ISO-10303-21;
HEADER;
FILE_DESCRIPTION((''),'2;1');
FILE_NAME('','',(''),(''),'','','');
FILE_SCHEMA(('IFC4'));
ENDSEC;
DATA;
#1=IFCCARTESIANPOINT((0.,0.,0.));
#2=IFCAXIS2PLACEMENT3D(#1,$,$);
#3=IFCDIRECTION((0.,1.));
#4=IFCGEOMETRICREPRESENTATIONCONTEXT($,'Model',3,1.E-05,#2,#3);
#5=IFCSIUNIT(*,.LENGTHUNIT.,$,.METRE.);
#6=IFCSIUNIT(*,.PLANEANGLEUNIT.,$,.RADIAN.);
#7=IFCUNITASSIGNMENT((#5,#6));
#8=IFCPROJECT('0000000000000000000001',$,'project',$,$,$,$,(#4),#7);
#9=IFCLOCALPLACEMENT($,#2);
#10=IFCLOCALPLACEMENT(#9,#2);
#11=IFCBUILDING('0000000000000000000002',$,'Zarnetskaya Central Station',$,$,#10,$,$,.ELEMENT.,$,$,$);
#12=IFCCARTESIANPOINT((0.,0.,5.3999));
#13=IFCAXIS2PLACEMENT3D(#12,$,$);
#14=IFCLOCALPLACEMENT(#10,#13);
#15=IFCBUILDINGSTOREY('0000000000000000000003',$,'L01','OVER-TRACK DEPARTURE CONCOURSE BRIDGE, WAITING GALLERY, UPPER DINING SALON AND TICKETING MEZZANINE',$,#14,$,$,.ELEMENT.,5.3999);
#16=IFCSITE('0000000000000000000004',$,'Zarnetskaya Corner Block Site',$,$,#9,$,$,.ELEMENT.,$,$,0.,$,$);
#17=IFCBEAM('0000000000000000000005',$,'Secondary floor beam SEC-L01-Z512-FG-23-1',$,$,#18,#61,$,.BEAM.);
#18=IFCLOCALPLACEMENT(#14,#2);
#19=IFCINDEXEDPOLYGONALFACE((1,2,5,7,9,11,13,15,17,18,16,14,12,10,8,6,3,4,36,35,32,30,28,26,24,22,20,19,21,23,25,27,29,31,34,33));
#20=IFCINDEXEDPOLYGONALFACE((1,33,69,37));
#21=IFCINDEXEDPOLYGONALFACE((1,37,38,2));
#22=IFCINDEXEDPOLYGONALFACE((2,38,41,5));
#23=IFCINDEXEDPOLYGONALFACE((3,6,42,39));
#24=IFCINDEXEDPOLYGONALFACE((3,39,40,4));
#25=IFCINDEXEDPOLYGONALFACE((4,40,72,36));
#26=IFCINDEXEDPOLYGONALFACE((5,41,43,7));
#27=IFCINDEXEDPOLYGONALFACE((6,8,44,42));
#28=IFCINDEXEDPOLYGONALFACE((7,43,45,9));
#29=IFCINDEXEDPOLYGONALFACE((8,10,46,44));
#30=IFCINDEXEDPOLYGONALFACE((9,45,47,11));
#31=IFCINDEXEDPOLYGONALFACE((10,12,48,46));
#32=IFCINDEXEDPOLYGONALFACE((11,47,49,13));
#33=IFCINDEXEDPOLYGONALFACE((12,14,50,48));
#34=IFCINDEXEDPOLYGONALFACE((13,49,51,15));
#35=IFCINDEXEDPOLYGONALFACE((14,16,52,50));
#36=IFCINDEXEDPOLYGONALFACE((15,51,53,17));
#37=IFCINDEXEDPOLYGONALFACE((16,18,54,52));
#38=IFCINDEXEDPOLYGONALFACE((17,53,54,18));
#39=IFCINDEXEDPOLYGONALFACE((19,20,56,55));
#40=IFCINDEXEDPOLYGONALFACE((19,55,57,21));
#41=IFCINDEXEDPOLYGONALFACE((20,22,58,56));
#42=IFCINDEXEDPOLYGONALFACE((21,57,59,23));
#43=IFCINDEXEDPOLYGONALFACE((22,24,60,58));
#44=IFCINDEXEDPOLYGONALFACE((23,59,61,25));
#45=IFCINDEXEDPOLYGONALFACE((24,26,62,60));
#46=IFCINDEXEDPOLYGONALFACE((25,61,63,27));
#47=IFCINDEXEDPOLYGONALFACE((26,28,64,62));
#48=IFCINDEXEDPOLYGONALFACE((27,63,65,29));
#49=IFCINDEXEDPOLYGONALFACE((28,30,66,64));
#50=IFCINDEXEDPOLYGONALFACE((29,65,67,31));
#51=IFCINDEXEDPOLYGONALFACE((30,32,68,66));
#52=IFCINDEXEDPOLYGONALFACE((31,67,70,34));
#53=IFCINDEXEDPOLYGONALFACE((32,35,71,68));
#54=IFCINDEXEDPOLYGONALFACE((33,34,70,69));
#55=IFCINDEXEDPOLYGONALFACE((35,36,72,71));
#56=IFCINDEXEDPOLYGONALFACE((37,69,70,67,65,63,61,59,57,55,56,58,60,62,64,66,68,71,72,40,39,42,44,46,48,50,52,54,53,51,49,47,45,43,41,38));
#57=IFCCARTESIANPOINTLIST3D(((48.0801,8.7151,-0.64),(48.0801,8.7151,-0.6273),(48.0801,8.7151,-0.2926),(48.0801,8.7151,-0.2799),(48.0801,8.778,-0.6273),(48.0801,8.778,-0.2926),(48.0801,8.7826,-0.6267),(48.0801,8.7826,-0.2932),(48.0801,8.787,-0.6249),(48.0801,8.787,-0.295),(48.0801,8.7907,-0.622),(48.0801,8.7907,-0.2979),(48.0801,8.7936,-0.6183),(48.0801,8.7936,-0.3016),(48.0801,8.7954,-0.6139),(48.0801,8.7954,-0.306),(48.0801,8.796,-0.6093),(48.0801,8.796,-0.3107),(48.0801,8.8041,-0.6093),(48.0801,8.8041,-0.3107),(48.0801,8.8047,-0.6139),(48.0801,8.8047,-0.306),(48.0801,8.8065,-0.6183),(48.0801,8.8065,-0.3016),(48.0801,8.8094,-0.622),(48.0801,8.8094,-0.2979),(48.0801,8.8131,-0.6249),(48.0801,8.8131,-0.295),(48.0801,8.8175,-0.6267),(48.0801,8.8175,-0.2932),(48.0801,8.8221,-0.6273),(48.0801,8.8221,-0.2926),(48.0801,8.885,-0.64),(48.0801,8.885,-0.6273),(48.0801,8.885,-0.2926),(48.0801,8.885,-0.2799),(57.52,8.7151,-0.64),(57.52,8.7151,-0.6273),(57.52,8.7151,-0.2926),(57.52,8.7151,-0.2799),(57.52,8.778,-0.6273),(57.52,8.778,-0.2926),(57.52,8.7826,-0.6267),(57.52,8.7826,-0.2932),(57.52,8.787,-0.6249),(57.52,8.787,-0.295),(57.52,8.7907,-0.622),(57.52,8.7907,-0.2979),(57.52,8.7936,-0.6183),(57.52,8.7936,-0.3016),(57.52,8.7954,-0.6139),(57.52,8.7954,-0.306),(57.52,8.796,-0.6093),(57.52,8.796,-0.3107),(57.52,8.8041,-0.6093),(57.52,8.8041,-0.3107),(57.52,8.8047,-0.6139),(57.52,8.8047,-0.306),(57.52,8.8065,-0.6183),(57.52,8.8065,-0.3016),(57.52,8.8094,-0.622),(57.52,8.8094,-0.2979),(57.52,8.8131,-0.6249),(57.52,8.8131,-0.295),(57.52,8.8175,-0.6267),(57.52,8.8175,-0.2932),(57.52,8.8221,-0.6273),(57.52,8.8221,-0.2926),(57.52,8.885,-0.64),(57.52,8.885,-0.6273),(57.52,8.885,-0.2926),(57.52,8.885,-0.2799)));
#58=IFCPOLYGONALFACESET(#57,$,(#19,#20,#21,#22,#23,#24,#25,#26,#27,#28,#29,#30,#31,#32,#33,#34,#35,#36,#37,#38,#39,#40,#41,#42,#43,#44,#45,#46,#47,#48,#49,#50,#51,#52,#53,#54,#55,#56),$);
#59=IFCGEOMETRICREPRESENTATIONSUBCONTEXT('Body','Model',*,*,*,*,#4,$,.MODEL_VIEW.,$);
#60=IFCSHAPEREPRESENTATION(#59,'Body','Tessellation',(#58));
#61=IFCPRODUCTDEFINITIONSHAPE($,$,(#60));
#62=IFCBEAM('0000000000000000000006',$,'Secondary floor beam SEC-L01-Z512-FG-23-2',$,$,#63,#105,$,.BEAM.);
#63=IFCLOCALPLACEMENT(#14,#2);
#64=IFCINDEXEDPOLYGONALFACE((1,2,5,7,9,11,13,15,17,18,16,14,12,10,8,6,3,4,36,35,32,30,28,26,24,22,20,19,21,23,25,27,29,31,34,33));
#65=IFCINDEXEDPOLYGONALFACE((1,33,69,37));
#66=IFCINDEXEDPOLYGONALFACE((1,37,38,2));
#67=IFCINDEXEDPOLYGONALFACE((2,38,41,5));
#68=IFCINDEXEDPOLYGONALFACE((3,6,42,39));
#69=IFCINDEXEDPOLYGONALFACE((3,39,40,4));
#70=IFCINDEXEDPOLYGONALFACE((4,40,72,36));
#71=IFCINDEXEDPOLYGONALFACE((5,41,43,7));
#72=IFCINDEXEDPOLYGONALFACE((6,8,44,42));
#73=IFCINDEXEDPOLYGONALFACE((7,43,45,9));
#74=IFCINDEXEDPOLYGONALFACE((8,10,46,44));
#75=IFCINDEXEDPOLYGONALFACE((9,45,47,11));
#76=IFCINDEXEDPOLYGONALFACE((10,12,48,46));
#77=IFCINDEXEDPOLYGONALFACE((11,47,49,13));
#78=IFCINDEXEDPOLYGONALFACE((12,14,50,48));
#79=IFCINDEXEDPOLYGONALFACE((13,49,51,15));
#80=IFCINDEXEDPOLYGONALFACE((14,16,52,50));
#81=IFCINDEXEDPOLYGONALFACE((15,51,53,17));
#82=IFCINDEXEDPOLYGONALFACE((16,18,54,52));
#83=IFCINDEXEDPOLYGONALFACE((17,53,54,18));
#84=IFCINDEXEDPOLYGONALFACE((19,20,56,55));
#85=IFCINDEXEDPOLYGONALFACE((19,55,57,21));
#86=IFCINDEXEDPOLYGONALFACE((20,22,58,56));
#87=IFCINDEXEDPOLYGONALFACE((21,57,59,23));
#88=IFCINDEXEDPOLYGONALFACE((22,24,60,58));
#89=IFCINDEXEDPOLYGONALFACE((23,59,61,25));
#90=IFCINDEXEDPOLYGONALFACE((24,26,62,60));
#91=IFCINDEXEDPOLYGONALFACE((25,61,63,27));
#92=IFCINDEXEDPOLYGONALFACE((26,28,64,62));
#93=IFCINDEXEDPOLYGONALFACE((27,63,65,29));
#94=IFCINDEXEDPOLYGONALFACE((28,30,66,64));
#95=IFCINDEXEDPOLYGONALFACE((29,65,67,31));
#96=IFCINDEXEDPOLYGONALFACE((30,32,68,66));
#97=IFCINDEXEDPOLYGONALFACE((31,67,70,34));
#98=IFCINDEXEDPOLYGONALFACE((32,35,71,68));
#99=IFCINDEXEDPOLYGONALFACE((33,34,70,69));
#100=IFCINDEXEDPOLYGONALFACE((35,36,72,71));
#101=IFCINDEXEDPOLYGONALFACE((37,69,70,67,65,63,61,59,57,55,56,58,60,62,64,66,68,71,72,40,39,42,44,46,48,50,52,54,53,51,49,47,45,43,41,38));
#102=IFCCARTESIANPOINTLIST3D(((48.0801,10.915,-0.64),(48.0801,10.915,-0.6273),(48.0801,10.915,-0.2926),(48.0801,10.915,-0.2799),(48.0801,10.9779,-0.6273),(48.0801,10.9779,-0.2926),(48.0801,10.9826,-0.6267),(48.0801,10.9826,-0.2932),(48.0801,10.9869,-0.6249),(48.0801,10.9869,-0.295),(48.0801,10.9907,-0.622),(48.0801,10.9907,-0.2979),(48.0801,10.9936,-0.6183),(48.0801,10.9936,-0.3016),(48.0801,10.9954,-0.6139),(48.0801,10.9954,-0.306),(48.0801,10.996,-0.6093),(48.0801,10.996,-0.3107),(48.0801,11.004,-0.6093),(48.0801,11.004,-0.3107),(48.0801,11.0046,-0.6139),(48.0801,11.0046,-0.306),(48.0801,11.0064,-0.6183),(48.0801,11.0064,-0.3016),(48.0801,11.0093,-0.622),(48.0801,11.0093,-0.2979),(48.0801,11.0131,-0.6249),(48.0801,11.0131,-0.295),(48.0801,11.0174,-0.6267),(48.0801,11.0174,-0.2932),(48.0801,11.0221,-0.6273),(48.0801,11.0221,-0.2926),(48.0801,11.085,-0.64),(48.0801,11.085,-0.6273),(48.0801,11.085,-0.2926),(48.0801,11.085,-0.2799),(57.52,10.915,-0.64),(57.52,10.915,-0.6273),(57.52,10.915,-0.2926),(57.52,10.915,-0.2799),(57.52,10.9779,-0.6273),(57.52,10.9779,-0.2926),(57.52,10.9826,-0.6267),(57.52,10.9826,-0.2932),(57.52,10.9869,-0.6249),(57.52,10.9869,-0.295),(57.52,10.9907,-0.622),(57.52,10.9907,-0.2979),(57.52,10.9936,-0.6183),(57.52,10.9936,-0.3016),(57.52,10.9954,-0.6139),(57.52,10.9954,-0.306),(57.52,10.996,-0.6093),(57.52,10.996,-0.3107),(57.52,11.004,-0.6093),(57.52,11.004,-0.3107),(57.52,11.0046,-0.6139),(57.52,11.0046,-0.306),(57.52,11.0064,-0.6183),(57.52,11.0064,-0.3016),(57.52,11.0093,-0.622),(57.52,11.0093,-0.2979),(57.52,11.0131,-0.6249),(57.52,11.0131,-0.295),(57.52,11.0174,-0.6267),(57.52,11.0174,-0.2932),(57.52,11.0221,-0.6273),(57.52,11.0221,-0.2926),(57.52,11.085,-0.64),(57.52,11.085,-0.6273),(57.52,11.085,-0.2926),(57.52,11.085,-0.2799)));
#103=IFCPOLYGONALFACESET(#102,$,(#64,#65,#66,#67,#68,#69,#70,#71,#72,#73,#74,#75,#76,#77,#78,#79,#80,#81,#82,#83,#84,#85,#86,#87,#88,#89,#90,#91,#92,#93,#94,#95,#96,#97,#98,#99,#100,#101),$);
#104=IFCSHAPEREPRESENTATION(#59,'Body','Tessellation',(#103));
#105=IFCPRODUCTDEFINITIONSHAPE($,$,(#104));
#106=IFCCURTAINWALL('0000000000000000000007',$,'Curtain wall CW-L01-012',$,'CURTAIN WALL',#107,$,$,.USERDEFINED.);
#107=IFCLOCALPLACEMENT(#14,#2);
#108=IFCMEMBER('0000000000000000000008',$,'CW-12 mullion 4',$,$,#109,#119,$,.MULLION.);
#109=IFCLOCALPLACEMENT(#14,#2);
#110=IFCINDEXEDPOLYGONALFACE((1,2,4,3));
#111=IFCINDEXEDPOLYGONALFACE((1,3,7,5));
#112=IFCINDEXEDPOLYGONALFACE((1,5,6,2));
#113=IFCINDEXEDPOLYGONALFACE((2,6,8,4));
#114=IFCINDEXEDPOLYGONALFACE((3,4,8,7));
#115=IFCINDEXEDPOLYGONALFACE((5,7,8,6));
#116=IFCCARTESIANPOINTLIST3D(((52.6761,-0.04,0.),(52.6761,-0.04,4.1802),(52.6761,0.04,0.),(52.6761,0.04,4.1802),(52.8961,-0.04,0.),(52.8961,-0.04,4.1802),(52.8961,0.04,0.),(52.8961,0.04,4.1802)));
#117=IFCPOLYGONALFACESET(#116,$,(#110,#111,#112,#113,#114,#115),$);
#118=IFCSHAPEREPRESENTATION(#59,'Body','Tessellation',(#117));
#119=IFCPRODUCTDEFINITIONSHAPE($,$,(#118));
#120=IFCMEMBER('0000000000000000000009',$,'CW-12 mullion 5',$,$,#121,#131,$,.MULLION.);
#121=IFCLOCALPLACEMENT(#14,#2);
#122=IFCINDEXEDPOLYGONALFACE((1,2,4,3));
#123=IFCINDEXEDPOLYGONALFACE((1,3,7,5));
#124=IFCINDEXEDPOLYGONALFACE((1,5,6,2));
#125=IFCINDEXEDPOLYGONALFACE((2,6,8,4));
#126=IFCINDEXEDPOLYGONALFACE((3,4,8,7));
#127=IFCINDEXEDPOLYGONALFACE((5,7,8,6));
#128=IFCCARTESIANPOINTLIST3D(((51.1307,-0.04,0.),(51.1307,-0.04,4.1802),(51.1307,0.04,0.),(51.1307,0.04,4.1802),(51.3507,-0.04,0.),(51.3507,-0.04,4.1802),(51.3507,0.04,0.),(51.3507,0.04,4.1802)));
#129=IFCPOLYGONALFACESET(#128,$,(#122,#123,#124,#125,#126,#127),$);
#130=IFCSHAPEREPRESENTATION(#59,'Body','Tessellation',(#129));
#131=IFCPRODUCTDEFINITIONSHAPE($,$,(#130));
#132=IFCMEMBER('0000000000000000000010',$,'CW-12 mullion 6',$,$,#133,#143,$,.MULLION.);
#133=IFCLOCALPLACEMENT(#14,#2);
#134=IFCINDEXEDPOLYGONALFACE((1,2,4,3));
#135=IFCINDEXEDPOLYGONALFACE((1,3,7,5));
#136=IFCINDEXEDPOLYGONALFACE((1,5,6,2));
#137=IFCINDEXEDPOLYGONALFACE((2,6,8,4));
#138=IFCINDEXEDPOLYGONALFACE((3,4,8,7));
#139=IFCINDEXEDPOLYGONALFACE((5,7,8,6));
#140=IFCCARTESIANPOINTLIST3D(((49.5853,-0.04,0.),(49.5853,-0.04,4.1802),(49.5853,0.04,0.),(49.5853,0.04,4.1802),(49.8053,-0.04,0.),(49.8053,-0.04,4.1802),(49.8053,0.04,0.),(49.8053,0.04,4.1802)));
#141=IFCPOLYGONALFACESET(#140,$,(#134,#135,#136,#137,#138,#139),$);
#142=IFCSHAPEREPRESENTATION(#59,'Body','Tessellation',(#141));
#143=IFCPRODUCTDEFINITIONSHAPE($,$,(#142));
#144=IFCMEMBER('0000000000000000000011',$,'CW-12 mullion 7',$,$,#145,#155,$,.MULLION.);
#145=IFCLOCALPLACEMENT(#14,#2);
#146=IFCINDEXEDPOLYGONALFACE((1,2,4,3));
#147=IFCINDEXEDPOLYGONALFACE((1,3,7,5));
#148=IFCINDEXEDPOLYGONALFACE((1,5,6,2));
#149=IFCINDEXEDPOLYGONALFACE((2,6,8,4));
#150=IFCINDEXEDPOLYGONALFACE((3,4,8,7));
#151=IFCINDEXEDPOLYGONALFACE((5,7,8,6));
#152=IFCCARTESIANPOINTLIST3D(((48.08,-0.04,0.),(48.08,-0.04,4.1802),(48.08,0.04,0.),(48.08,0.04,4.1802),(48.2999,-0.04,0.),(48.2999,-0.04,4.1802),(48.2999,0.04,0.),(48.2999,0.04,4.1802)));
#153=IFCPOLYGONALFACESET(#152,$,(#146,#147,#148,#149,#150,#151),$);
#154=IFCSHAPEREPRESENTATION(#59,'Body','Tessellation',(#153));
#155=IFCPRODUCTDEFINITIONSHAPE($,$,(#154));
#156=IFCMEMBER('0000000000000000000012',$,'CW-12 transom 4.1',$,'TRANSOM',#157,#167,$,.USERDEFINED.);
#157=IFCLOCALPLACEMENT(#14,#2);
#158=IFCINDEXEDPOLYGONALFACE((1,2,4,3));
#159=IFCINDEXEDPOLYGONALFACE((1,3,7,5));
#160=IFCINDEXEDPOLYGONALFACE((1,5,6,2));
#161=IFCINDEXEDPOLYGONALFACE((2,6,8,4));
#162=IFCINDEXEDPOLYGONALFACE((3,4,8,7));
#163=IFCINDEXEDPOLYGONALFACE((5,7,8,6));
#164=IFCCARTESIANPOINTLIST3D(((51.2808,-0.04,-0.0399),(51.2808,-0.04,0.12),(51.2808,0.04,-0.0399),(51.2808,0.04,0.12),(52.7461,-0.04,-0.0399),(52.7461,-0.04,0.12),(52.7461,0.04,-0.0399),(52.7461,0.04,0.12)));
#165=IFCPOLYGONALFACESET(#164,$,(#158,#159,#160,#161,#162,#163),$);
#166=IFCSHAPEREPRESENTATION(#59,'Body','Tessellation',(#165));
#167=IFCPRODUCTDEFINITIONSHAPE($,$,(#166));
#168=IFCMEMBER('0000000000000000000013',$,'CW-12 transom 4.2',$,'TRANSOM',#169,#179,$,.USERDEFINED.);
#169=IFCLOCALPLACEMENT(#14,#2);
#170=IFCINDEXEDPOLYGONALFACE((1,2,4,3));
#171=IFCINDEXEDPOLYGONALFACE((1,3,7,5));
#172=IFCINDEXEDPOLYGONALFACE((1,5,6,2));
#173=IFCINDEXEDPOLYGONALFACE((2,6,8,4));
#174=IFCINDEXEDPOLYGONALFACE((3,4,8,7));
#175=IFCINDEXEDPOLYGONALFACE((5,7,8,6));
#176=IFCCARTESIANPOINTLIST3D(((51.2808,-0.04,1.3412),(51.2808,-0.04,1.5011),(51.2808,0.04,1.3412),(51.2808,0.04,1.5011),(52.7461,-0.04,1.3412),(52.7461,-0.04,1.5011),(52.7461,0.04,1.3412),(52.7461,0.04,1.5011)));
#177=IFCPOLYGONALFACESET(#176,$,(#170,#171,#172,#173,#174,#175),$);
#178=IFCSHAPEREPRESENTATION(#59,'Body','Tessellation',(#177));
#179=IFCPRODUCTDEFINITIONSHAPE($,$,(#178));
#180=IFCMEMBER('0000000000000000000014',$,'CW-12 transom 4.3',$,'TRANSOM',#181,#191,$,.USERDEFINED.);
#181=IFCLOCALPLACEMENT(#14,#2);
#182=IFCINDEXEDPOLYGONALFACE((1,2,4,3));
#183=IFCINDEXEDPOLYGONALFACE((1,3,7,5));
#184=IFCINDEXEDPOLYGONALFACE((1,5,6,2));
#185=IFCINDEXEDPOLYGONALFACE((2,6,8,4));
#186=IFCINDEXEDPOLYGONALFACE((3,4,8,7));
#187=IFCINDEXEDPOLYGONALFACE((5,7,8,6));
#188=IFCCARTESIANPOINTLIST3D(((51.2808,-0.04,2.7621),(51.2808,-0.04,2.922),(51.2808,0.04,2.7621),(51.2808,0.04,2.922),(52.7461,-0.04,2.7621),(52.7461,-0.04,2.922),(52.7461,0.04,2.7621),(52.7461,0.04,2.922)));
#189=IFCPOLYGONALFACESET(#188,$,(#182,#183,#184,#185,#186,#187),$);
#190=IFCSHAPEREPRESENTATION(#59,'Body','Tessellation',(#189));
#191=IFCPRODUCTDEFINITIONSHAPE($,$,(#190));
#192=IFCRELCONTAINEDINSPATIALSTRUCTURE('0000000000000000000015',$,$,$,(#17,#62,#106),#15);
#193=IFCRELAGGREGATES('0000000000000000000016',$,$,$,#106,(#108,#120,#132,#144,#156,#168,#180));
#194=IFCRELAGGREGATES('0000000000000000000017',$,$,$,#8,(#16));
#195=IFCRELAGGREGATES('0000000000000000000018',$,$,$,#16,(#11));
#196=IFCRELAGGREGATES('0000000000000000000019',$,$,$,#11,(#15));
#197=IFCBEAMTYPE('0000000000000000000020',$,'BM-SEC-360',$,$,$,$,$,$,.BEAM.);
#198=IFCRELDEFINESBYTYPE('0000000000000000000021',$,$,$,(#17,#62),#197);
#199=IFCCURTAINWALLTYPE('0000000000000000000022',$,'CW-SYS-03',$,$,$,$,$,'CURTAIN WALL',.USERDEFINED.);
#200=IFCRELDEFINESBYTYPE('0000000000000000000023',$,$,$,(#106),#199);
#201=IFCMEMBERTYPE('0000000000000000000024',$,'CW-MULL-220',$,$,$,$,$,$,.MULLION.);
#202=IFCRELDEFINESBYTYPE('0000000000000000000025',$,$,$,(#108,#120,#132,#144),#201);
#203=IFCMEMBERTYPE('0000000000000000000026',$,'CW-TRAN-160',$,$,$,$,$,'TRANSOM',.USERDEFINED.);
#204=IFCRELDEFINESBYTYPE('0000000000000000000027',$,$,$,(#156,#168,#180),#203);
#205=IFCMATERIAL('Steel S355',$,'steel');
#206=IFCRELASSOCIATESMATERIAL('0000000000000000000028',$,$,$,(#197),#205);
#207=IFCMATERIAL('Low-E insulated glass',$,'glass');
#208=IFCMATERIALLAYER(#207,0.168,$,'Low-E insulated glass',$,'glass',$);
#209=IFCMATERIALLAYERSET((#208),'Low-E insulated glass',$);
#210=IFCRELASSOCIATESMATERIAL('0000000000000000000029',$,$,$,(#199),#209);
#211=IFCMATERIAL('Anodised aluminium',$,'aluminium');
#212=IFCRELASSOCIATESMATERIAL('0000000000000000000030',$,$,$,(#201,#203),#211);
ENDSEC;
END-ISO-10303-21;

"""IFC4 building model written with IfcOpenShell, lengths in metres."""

from ifc_helpers import new_model, si_unit, direction, frame, origin, origin_2d, place, context, subcontext, project, spatial, rectangle, i_section, extrude, material, layer, layer_set, material_profile, profile_set, type_object, element, aggregate, save


model = new_model("IFC4")

# Units and contexts
model_context = context("Model", 3, precision=1e-05, world=origin(), true_north=direction((0.0, 1.0)))
body_context = subcontext(model_context, "Body", "Model", "MODEL_VIEW")
ifc_project = project(units=[si_unit("LENGTHUNIT", "METRE"), si_unit("PLANEANGLEUNIT", "RADIAN")], contexts=[model_context])

# Site, building, storey
site_placement = place(None, origin())
site = spatial("IfcSite", under=ifc_project, at=site_placement, Name="Zarnetskaya Corner Block Site", CompositionType="ELEMENT", RefElevation=0.0)
building_placement = place(site_placement, origin())
building = spatial("IfcBuilding", under=site, at=building_placement, Name="Zarnetskaya Central Station", CompositionType="ELEMENT")
storey_placement = place(building_placement, frame((0.0, 0.0, 5.3999)))
storey = spatial("IfcBuildingStorey", under=building, at=storey_placement, Name="L01", Description="OVER-TRACK DEPARTURE CONCOURSE BRIDGE, WAITING GALLERY, UPPER DINING SALON AND TICKETING MEZZANINE", CompositionType="ELEMENT", Elevation=5.3999)

# Shared definitions
ifc_material_1 = material(Name="Steel S355", Category="steel")

# Beams
ifc_material_profile_1 = material_profile(ifc_material_1, i_section(OverallWidth=0.1699, OverallDepth=0.3601, WebThickness=0.0081, FlangeThickness=0.0127, FilletRadius=0.0181, at=origin_2d()), Name="IPE 360")
ifc_profile_set_1 = profile_set([ifc_material_profile_1], Name="Steel S355")
beam_type_1 = type_object("IfcBeamType", Name="BM-SEC-360", PredefinedType="BEAM", material=ifc_profile_set_1)
for number, where, z_axis, x_axis, name in (
    (1, (48.0801, 8.8, -0.46), (1.0, 0.0, 0.0), (0.0, 1.0, 0.0), "Secondary floor beam SEC-L01-Z512-FG-23-1"),
    (2, (48.0801, 11.0, -0.46), (1.0, 0.0, 0.0), (0.0, 1.0, 0.0), "Secondary floor beam SEC-L01-Z512-FG-23-2"),
):
    element("IfcBeam", number, at=place(storey_placement, frame(where, z_axis=z_axis, x_axis=x_axis)), inside=storey, type_object=beam_type_1, Name=name, PredefinedType="BEAM", context=body_context, shape_type="SweptSolid", body=[
        extrude(i_section(OverallWidth=0.1699, OverallDepth=0.3601, WebThickness=0.0081, FlangeThickness=0.0127, FilletRadius=0.0181, at=origin_2d()), origin(), (0.0, 0.0, 1.0), 9.4399),
    ])

# Curtain wall, members
ifc_material_2 = material(Name="Low-E insulated glass", Category="glass")
ifc_layer_1 = layer(ifc_material_2, 0.168, Name="Low-E insulated glass", Category="glass")
ifc_layer_set_1 = layer_set([ifc_layer_1], Name="Low-E insulated glass")
curtain_wall_type = type_object("IfcCurtainWallType", Name="CW-SYS-03", ElementType="CURTAIN WALL", PredefinedType="USERDEFINED", material=ifc_layer_set_1)
curtain_wall_placement = place(storey_placement, origin())
curtain_wall = element("IfcCurtainWall", 3, at=curtain_wall_placement, inside=storey, type_object=curtain_wall_type, Name="Curtain wall CW-L01-012", ObjectType="CURTAIN WALL", PredefinedType="USERDEFINED")
ifc_material_3 = material(Name="Anodised aluminium", Category="aluminium")
ifc_material_profile_2 = material_profile(ifc_material_3, rectangle(XDim=0.0801, YDim=0.22, at=origin_2d()), Name="ALU MULL 80x220")
ifc_profile_set_2 = profile_set([ifc_material_profile_2], Name="Anodised aluminium")
member_type_1 = type_object("IfcMemberType", Name="CW-MULL-220", PredefinedType="MULLION", material=ifc_profile_set_2)
member_1_placement = place(storey_placement, frame((52.7861, 0.0, 0.0), z_axis=(0.0, 0.0, 1.0), x_axis=(0.0, -1.0, 0.0)))
member_1 = element("IfcMember", 4, at=member_1_placement, type_object=member_type_1, Name="CW-12 mullion 4", PredefinedType="MULLION", context=body_context, shape_type="SweptSolid", body=[
    extrude(rectangle(XDim=0.0801, YDim=0.22, at=origin_2d()), origin(), (0.0, 0.0, 1.0), 4.1802),
])
member_2_placement = place(storey_placement, frame((51.2407, 0.0, 0.0), z_axis=(0.0, 0.0, 1.0), x_axis=(0.0, -1.0, 0.0)))
member_2 = element("IfcMember", 5, at=member_2_placement, type_object=member_type_1, Name="CW-12 mullion 5", PredefinedType="MULLION", context=body_context, shape_type="SweptSolid", body=[
    extrude(rectangle(XDim=0.0801, YDim=0.22, at=origin_2d()), origin(), (0.0, 0.0, 1.0), 4.1802),
])
member_3_placement = place(storey_placement, frame((49.6953, 0.0, 0.0), z_axis=(0.0, 0.0, 1.0), x_axis=(0.0, -1.0, 0.0)))
member_3 = element("IfcMember", 6, at=member_3_placement, type_object=member_type_1, Name="CW-12 mullion 6", PredefinedType="MULLION", context=body_context, shape_type="SweptSolid", body=[
    extrude(rectangle(XDim=0.0801, YDim=0.22, at=origin_2d()), origin(), (0.0, 0.0, 1.0), 4.1802),
])
member_4_placement = place(storey_placement, frame((48.1899, 0.0, 0.0), z_axis=(0.0, 0.0, 1.0), x_axis=(0.0, -1.0, 0.0)))
member_4 = element("IfcMember", 7, at=member_4_placement, type_object=member_type_1, Name="CW-12 mullion 7", PredefinedType="MULLION", context=body_context, shape_type="SweptSolid", body=[
    extrude(rectangle(XDim=0.0801, YDim=0.22, at=origin_2d()), origin(), (0.0, 0.0, 1.0), 4.1802),
])
ifc_material_profile_3 = material_profile(ifc_material_3, rectangle(XDim=0.0801, YDim=0.1599, at=origin_2d()), Name="ALU TRAN 80x160")
ifc_profile_set_3 = profile_set([ifc_material_profile_3], Name="Anodised aluminium")
member_type_2 = type_object("IfcMemberType", Name="CW-TRAN-160", ElementType="TRANSOM", PredefinedType="USERDEFINED", material=ifc_profile_set_3)
member_5_placement = place(storey_placement, frame((52.7461, 0.0, 0.04), z_axis=(-1.0, 0.0, 0.0), x_axis=(0.0, -1.0, 0.0)))
member_5 = element("IfcMember", 8, at=member_5_placement, type_object=member_type_2, Name="CW-12 transom 4.1", ObjectType="TRANSOM", PredefinedType="USERDEFINED", context=body_context, shape_type="SweptSolid", body=[
    extrude(rectangle(XDim=0.0801, YDim=0.1599, at=origin_2d()), origin(), (0.0, 0.0, 1.0), 1.4653),
])
member_6_placement = place(storey_placement, frame((52.7461, 0.0, 1.4211), z_axis=(-1.0, 0.0, 0.0), x_axis=(0.0, -1.0, 0.0)))
member_6 = element("IfcMember", 9, at=member_6_placement, type_object=member_type_2, Name="CW-12 transom 4.2", ObjectType="TRANSOM", PredefinedType="USERDEFINED", context=body_context, shape_type="SweptSolid", body=[
    extrude(rectangle(XDim=0.0801, YDim=0.1599, at=origin_2d()), origin(), (0.0, 0.0, 1.0), 1.4653),
])
member_7_placement = place(storey_placement, frame((52.7461, 0.0, 2.842), z_axis=(-1.0, 0.0, 0.0), x_axis=(0.0, -1.0, 0.0)))
member_7 = element("IfcMember", 10, at=member_7_placement, type_object=member_type_2, Name="CW-12 transom 4.3", ObjectType="TRANSOM", PredefinedType="USERDEFINED", context=body_context, shape_type="SweptSolid", body=[
    extrude(rectangle(XDim=0.0801, YDim=0.1599, at=origin_2d()), origin(), (0.0, 0.0, 1.0), 1.4653),
])

aggregate(curtain_wall, [member_1, member_2, member_3, member_4, member_5, member_6, member_7])

save(model, "model.ifc")
